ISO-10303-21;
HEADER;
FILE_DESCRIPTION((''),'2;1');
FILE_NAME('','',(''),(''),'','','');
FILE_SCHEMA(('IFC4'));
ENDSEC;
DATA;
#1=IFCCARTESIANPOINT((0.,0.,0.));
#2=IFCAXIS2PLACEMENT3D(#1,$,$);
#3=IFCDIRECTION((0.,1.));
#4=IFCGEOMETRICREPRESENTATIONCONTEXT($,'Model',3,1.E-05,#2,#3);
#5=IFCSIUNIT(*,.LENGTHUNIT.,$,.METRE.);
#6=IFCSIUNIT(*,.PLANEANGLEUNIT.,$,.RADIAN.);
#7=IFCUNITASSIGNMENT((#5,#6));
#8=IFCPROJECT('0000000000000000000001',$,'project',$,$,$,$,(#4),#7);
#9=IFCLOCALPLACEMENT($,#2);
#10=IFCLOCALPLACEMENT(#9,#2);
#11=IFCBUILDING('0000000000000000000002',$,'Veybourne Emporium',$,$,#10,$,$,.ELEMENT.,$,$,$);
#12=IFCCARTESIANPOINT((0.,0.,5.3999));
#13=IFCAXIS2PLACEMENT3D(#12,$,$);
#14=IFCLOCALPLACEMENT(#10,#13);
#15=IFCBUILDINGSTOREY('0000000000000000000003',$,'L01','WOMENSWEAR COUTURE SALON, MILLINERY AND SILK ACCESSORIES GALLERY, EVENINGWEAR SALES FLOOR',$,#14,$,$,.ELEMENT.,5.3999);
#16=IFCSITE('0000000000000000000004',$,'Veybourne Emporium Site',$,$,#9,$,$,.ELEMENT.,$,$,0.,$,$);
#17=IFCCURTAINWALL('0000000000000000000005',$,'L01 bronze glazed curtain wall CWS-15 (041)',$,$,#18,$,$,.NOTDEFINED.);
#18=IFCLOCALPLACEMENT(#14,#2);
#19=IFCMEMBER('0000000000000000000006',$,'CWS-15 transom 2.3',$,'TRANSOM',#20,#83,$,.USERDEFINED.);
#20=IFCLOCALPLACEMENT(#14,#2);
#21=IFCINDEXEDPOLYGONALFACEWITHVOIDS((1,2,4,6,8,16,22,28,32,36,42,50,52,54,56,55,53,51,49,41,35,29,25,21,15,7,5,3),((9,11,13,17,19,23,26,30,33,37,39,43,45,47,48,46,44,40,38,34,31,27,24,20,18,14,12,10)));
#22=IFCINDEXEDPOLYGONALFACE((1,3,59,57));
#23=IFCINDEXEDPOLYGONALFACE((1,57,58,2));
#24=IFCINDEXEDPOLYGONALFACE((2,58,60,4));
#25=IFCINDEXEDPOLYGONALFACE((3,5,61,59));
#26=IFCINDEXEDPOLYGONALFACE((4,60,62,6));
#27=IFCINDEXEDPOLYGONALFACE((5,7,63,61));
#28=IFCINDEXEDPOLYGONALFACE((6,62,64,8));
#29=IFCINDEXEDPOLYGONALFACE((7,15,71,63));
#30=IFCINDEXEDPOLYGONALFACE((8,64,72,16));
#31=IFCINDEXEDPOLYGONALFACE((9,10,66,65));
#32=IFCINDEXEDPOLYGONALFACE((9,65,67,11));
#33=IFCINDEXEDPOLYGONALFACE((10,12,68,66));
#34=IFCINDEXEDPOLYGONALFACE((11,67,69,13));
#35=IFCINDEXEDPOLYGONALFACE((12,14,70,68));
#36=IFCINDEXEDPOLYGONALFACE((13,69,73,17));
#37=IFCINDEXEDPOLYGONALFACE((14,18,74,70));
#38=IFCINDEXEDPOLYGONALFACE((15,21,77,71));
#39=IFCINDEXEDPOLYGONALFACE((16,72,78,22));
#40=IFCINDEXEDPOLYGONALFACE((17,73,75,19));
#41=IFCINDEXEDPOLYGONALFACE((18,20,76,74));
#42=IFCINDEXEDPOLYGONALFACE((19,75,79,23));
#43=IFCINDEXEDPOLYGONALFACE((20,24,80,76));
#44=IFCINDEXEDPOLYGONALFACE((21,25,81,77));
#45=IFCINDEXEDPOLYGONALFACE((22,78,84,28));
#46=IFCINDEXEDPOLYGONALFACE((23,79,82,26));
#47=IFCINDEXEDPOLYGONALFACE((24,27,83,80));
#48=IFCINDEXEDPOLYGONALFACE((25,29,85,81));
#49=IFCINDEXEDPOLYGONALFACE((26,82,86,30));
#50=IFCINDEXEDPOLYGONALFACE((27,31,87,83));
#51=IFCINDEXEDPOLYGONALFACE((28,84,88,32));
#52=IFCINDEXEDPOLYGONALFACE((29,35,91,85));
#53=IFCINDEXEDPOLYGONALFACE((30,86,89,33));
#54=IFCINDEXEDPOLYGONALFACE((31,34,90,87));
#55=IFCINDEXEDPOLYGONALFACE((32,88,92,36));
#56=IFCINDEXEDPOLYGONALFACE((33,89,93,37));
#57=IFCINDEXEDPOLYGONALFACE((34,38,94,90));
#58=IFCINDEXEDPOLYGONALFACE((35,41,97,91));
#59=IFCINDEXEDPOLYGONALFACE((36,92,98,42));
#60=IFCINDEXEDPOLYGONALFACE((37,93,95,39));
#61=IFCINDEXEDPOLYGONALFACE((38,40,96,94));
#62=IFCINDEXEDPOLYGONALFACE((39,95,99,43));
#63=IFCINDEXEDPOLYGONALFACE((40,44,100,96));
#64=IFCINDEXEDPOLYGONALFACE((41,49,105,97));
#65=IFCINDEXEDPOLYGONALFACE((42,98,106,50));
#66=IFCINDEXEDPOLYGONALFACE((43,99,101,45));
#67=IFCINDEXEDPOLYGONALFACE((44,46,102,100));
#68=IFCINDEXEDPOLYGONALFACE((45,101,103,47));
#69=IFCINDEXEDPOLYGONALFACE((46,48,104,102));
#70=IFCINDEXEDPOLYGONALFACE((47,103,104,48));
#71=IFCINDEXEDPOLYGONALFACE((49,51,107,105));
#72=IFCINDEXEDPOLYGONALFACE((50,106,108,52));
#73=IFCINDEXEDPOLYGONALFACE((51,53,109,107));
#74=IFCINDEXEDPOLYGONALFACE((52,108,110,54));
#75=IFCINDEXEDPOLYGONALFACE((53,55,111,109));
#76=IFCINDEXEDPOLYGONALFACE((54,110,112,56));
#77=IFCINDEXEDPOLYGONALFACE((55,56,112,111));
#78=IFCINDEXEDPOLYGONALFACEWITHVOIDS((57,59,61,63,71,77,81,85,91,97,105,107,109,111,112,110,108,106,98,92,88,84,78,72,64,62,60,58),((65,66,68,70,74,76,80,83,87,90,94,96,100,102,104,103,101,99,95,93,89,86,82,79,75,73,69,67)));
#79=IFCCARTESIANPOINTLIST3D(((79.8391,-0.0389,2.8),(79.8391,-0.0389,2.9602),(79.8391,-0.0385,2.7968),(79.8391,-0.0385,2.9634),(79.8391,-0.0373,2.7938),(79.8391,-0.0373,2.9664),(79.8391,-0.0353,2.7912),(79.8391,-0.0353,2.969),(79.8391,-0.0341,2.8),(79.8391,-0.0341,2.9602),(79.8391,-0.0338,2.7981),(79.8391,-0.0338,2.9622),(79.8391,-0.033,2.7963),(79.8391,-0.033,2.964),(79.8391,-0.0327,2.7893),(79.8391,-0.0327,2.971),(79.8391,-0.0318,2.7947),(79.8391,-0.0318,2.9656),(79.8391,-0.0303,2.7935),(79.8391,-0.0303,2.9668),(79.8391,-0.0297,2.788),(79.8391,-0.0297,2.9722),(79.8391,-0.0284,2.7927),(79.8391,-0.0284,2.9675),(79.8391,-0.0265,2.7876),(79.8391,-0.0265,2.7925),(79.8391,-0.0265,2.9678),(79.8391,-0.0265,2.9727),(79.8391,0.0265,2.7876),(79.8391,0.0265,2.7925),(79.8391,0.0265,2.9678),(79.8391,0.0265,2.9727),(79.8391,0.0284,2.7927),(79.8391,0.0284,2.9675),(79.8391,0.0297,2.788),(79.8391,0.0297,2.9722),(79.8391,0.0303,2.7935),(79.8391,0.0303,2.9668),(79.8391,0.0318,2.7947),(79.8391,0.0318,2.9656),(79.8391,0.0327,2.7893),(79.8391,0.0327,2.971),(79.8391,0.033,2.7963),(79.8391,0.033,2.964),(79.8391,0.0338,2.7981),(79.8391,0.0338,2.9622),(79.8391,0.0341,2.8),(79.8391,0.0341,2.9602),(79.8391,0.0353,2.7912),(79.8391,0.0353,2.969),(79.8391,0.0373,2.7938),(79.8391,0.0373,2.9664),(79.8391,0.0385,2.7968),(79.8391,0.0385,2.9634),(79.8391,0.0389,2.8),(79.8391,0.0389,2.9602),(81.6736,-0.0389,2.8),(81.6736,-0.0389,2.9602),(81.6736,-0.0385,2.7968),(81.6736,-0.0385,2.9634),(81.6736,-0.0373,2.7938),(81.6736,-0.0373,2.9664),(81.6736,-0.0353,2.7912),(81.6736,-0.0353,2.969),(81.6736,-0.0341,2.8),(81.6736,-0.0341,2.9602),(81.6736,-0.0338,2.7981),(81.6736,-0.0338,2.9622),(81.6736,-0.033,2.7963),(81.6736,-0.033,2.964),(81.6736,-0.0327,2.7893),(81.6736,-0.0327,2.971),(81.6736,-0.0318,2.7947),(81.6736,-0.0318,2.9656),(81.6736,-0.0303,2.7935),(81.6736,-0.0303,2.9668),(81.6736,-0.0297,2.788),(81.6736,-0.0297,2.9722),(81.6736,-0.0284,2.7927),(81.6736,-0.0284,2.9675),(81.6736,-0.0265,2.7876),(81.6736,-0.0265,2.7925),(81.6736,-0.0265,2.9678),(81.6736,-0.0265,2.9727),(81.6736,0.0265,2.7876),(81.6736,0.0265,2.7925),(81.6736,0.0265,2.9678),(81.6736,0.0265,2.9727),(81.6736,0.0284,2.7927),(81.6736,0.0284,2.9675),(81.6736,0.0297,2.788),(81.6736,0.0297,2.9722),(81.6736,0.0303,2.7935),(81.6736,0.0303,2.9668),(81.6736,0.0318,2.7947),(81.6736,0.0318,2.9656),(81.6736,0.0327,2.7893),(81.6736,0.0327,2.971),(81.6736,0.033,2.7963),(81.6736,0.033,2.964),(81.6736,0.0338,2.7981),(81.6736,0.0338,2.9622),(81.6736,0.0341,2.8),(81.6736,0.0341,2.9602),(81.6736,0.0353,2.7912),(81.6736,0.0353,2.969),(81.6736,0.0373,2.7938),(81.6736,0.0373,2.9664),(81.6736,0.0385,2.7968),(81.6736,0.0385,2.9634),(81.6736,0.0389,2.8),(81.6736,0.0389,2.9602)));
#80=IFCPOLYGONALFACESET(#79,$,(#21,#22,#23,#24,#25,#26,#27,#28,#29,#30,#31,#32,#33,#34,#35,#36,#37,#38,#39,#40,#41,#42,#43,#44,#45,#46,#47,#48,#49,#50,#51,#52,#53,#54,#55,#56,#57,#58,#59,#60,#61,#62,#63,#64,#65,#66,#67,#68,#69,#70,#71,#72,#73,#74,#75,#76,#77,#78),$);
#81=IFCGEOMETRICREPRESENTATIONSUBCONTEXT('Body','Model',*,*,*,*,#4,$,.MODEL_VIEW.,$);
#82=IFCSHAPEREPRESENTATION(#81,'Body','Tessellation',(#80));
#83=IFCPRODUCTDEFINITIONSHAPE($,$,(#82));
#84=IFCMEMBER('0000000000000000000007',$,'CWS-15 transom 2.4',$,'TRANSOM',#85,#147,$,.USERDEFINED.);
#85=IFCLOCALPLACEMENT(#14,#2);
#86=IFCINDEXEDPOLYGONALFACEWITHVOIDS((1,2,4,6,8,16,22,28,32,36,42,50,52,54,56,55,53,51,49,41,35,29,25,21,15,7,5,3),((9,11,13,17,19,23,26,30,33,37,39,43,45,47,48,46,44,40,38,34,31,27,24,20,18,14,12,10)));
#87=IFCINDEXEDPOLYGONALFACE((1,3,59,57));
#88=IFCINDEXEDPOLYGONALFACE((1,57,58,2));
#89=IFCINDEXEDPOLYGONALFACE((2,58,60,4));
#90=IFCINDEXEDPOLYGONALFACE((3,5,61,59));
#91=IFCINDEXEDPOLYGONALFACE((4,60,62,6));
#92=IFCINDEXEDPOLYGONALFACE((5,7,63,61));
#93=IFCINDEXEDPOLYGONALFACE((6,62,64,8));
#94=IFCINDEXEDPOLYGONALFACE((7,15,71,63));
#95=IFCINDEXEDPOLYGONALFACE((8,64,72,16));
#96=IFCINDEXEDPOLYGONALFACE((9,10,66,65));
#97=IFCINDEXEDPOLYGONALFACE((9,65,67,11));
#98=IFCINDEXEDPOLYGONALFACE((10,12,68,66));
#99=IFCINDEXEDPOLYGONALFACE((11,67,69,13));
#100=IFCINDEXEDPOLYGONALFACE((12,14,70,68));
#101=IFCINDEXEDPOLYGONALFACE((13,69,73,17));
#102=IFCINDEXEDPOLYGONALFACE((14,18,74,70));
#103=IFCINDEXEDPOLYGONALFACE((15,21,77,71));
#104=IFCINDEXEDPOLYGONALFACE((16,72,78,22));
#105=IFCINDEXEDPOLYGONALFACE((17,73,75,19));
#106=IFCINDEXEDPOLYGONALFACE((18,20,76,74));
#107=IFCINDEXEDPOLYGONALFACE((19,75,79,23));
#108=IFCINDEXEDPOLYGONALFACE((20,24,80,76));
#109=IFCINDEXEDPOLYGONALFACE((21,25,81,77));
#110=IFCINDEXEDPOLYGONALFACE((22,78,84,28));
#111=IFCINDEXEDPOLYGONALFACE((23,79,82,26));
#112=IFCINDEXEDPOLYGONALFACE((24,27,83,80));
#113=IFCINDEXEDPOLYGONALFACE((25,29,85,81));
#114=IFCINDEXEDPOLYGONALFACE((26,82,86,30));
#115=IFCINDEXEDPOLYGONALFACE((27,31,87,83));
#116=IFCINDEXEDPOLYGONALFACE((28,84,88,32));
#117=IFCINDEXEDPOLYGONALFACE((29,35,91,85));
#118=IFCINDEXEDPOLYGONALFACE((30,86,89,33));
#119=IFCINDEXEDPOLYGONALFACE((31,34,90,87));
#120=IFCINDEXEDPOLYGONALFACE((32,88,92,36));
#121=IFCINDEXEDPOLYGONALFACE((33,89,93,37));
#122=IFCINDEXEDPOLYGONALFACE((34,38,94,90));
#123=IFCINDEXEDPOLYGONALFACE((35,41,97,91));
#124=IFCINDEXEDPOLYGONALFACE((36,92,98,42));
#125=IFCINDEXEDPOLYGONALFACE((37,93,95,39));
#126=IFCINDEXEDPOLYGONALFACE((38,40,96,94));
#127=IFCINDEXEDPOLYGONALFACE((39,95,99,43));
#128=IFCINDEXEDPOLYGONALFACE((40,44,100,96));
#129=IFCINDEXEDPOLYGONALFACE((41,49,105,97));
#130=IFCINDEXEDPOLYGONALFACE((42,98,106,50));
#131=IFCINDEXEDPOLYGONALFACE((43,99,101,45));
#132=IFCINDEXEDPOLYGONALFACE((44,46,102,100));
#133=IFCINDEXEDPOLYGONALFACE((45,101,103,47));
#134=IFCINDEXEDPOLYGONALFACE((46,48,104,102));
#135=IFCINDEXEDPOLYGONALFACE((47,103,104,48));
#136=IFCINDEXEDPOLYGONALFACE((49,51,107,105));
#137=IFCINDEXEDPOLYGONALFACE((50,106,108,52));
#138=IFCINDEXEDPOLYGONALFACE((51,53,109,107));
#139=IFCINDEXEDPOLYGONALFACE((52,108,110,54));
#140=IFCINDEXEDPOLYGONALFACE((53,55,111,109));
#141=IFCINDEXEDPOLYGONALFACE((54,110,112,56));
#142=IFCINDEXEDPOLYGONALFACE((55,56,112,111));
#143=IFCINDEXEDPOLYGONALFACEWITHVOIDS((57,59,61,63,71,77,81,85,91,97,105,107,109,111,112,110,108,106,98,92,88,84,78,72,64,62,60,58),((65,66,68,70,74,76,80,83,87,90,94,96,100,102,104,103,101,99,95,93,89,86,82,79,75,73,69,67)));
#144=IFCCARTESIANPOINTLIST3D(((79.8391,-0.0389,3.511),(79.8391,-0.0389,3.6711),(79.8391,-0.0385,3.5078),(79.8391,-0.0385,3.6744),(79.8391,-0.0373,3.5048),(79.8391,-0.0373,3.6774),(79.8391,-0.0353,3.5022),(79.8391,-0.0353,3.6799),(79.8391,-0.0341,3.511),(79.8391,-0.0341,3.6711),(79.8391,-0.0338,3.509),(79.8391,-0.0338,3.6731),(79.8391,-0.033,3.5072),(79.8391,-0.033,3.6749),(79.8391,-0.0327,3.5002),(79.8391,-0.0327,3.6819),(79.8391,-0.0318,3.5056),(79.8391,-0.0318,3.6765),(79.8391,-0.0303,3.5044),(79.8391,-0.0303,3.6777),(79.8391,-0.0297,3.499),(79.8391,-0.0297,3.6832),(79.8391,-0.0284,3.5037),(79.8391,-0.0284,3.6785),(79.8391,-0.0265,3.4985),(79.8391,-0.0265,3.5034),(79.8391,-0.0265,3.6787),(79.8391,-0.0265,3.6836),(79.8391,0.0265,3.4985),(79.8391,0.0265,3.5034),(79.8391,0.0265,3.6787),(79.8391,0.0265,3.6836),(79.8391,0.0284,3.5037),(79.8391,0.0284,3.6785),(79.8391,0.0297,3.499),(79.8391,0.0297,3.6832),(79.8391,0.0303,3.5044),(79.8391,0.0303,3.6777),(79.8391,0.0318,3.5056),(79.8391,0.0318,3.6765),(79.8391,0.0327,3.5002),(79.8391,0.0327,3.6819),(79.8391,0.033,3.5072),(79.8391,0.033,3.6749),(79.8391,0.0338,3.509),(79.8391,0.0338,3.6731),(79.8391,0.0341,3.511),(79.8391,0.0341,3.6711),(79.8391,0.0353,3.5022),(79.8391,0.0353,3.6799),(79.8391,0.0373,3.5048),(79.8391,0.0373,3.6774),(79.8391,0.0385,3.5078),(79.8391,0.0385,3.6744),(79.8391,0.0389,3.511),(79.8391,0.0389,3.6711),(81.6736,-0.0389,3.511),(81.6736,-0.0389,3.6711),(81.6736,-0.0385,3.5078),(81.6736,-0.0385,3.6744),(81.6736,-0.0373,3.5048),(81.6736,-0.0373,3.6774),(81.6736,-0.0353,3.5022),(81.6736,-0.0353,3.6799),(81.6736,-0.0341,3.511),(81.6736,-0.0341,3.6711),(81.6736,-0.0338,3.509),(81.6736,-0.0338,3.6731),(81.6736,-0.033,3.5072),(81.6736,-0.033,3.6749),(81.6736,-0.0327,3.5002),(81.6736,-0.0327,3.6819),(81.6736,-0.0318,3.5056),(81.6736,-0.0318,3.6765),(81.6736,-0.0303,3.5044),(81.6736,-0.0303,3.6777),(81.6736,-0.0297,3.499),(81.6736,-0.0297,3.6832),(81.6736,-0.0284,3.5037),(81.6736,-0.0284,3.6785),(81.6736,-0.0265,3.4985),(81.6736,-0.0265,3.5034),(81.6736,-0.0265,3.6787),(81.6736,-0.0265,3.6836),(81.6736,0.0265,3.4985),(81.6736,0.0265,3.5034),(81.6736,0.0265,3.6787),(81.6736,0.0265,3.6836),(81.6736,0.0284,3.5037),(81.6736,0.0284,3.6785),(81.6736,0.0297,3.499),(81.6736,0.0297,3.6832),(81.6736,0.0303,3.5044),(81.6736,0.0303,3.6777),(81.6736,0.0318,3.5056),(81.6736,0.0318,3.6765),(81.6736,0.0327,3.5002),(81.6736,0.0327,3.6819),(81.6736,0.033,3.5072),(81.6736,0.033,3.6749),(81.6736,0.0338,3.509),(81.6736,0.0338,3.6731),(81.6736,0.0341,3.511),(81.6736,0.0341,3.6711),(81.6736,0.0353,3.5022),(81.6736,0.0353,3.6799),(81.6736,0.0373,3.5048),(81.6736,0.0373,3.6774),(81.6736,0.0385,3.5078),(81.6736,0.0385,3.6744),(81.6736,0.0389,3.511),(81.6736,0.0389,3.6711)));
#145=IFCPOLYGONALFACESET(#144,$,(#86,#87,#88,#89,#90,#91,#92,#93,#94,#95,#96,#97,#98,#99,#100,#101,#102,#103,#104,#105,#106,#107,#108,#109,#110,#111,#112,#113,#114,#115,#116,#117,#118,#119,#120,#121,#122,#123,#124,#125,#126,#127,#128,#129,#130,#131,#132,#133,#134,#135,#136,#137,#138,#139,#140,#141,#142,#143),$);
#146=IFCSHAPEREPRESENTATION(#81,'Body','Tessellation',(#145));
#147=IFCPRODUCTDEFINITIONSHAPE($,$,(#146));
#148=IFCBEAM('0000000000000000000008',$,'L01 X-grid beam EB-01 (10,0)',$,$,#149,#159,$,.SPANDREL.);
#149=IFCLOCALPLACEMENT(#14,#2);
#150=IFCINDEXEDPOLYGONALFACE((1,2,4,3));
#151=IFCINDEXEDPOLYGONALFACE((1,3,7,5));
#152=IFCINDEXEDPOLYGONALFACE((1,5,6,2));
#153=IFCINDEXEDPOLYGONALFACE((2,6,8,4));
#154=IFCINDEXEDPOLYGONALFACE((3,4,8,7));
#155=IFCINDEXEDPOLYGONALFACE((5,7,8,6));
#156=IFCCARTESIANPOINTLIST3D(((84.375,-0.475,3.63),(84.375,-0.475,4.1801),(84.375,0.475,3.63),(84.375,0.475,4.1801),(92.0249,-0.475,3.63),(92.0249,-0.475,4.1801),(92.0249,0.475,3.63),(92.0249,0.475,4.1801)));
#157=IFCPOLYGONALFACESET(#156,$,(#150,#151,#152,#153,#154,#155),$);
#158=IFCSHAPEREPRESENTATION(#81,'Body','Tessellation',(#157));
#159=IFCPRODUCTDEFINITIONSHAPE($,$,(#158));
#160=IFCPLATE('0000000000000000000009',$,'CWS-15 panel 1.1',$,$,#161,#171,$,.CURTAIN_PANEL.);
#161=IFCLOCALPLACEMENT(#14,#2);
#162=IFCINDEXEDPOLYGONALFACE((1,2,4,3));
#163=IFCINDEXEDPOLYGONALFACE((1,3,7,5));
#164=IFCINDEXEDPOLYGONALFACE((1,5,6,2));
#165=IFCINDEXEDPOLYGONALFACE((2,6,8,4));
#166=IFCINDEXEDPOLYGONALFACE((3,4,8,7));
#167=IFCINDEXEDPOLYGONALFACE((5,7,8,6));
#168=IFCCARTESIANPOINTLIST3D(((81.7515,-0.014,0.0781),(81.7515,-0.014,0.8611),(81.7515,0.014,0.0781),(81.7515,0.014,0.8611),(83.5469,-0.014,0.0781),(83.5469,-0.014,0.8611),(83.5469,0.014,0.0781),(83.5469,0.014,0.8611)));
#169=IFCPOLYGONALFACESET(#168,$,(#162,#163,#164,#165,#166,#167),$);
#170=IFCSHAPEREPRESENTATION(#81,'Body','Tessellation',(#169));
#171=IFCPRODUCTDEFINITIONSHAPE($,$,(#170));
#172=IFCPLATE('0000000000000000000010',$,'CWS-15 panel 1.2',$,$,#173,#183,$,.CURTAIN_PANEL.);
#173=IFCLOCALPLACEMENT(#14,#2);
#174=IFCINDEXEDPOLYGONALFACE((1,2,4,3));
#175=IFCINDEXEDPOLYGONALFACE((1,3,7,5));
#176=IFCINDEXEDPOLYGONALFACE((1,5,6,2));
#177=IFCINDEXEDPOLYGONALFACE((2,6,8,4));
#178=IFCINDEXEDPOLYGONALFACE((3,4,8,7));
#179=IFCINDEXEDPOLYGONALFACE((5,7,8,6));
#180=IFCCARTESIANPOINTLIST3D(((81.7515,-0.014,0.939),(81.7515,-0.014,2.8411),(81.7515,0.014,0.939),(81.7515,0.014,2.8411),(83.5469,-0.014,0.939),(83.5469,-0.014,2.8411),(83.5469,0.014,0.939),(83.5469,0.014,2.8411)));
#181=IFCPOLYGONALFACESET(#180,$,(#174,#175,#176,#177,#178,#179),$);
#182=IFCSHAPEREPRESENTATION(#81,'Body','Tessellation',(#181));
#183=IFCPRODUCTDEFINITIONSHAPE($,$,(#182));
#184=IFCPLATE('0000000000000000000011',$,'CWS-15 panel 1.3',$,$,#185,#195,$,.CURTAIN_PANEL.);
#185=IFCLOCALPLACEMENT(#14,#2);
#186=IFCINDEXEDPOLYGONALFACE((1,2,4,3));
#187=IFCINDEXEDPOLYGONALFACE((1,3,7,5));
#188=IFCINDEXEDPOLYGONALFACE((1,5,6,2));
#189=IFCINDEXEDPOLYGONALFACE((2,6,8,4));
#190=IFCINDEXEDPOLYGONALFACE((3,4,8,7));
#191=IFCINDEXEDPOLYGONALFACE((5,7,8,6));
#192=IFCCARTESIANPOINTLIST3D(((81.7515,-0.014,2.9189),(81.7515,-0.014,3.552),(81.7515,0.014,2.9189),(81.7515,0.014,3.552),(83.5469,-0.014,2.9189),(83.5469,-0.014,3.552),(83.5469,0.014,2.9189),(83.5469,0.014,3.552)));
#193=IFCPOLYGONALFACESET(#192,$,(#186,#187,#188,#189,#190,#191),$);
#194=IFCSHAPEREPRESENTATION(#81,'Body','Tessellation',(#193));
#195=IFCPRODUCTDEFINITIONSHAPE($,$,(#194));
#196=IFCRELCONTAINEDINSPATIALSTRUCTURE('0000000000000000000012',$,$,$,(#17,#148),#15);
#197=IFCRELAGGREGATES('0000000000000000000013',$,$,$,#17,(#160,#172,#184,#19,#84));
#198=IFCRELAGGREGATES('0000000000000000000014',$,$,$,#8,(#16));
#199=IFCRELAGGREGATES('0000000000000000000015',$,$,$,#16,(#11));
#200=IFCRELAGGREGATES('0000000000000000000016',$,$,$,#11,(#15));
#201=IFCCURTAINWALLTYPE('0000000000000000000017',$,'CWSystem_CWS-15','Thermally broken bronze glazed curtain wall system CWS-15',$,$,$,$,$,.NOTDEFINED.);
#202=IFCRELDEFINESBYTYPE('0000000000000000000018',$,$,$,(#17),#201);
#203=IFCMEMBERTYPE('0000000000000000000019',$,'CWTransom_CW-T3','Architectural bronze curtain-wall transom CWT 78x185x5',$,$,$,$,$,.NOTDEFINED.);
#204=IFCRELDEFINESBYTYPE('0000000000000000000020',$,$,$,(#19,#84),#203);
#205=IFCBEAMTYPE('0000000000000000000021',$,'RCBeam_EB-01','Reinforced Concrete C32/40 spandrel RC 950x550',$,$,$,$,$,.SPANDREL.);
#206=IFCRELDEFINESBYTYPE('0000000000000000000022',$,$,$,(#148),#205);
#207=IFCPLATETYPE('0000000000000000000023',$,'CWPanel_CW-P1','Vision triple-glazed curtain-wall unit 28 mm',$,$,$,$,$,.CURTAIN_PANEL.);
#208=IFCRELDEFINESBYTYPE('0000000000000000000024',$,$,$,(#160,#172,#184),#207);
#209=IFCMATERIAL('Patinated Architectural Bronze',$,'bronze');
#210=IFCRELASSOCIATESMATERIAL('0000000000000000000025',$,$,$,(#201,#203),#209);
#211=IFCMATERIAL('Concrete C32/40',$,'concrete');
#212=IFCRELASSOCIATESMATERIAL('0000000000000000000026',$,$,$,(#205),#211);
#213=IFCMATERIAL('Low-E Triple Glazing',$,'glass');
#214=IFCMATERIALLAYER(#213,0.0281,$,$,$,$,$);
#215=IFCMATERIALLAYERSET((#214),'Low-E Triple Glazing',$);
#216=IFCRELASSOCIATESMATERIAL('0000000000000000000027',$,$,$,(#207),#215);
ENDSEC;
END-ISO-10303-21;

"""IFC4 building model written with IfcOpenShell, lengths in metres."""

from ifc_helpers import new_model, si_unit, direction, frame, origin, origin_2d, place, context, subcontext, project, spatial, rectangle, hollow_rectangle, extrude, material, layer, layer_set, material_profile, profile_set, type_object, element, aggregate, save


model = new_model("IFC4")

# Units and contexts
model_context = context("Model", 3, precision=1e-05, world=origin(), true_north=direction((0.0, 1.0)))
body_context = subcontext(model_context, "Body", "Model", "MODEL_VIEW")
ifc_project = project(units=[si_unit("LENGTHUNIT", "METRE"), si_unit("PLANEANGLEUNIT", "RADIAN")], contexts=[model_context])

# Site, building, storey
site_placement = place(None, origin())
site = spatial("IfcSite", under=ifc_project, at=site_placement, Name="Veybourne Emporium Site", CompositionType="ELEMENT", RefElevation=0.0)
building_placement = place(site_placement, origin())
building = spatial("IfcBuilding", under=site, at=building_placement, Name="Veybourne Emporium", CompositionType="ELEMENT")
storey_placement = place(building_placement, frame((0.0, 0.0, 5.3999)))
storey = spatial("IfcBuildingStorey", under=building, at=storey_placement, Name="L01", Description="WOMENSWEAR COUTURE SALON, MILLINERY AND SILK ACCESSORIES GALLERY, EVENINGWEAR SALES FLOOR", CompositionType="ELEMENT", Elevation=5.3999)

# Shared definitions
ifc_material_1 = material(Name="Patinated Architectural Bronze", Category="bronze")

# Curtain wall
curtain_wall_type_1 = type_object("IfcCurtainWallType", Name="CWSystem_CWS-15", Description="Thermally broken bronze glazed curtain wall system CWS-15", PredefinedType="NOTDEFINED", material=ifc_material_1)
curtain_wall_1_placement = place(storey_placement, origin())
curtain_wall_1 = element("IfcCurtainWall", 1, at=curtain_wall_1_placement, inside=storey, type_object=curtain_wall_type_1, Name="L01 bronze glazed curtain wall CWS-15 (041)", PredefinedType="NOTDEFINED")

# Members
ifc_material_profile_1 = material_profile(ifc_material_1, hollow_rectangle(XDim=0.0779, YDim=0.1851, WallThickness=0.0049, InnerFilletRadius=0.0076, OuterFilletRadius=0.0125, at=origin_2d()), Name="CWT 78x185x5")
ifc_profile_set_1 = profile_set([ifc_material_profile_1], Name="Patinated Architectural Bronze")
member_type_1 = type_object("IfcMemberType", Name="CWTransom_CW-T3", Description="Architectural bronze curtain-wall transom CWT 78x185x5", PredefinedType="NOTDEFINED", material=ifc_profile_set_1)
member_1_placement = place(storey_placement, frame((81.6736, 0.0, 2.8801), z_axis=(-1.0, 0.0, 0.0), x_axis=(0.0, -1.0, 0.0)))
member_1 = element("IfcMember", 2, at=member_1_placement, type_object=member_type_1, Name="CWS-15 transom 2.3", ObjectType="TRANSOM", PredefinedType="USERDEFINED", context=body_context, shape_type="SweptSolid", body=[
    extrude(hollow_rectangle(XDim=0.0779, YDim=0.1851, WallThickness=0.0049, InnerFilletRadius=0.0076, OuterFilletRadius=0.0125, at=origin_2d()), origin(), (0.0, 0.0, 1.0), 1.8345),
])
member_2_placement = place(storey_placement, frame((81.6736, 0.0, 3.5911), z_axis=(-1.0, 0.0, 0.0), x_axis=(0.0, -1.0, 0.0)))
member_2 = element("IfcMember", 3, at=member_2_placement, type_object=member_type_1, Name="CWS-15 transom 2.4", ObjectType="TRANSOM", PredefinedType="USERDEFINED", context=body_context, shape_type="SweptSolid", body=[
    extrude(hollow_rectangle(XDim=0.0779, YDim=0.1851, WallThickness=0.0049, InnerFilletRadius=0.0076, OuterFilletRadius=0.0125, at=origin_2d()), origin(), (0.0, 0.0, 1.0), 1.8345),
])

# Beam
ifc_material_2 = material(Name="Concrete C32/40", Category="concrete")
ifc_material_profile_2 = material_profile(ifc_material_2, rectangle(XDim=0.95, YDim=0.55, at=origin_2d()), Name="RC 950x550")
ifc_profile_set_2 = profile_set([ifc_material_profile_2], Name="Concrete C32/40")
beam_type = type_object("IfcBeamType", Name="RCBeam_EB-01", Description="Reinforced Concrete C32/40 spandrel RC 950x550", PredefinedType="SPANDREL", material=ifc_profile_set_2)
beam_placement = place(storey_placement, frame((84.375, 0.0, 3.905), z_axis=(1.0, 0.0, 0.0), x_axis=(0.0, 1.0, 0.0)))
element("IfcBeam", 4, at=beam_placement, inside=storey, type_object=beam_type, Name="L01 X-grid beam EB-01 (10,0)", PredefinedType="SPANDREL", context=body_context, shape_type="SweptSolid", body=[
    extrude(rectangle(XDim=0.95, YDim=0.55, at=origin_2d()), origin(), (0.0, 0.0, 1.0), 7.6499),
])

# Plates
ifc_material_3 = material(Name="Low-E Triple Glazing", Category="glass")
ifc_layer = layer(ifc_material_3, 0.0281)
ifc_layer_set = layer_set([ifc_layer], Name="Low-E Triple Glazing")
plate_type = type_object("IfcPlateType", Name="CWPanel_CW-P1", Description="Vision triple-glazed curtain-wall unit 28 mm", PredefinedType="CURTAIN_PANEL", material=ifc_layer_set)
plate_1_placement = place(storey_placement, frame((82.6492, 0.0, 0.0781), z_axis=(0.0, 0.0, 1.0), x_axis=(-1.0, 0.0, 0.0)))
plate_1 = element("IfcPlate", 5, at=plate_1_placement, type_object=plate_type, Name="CWS-15 panel 1.1", PredefinedType="CURTAIN_PANEL", context=body_context, shape_type="SweptSolid", body=[
    extrude(rectangle(XDim=1.7954, YDim=0.0281, at=origin_2d()), origin(), (0.0, 0.0, 1.0), 0.783),
])
plate_2_placement = place(storey_placement, frame((82.6492, 0.0, 0.939), z_axis=(0.0, 0.0, 1.0), x_axis=(-1.0, 0.0, 0.0)))
plate_2 = element("IfcPlate", 6, at=plate_2_placement, type_object=plate_type, Name="CWS-15 panel 1.2", PredefinedType="CURTAIN_PANEL", context=body_context, shape_type="SweptSolid", body=[
    extrude(rectangle(XDim=1.7954, YDim=0.0281, at=origin_2d()), origin(), (0.0, 0.0, 1.0), 1.9021),
])
plate_3_placement = place(storey_placement, frame((82.6492, 0.0, 2.9189), z_axis=(0.0, 0.0, 1.0), x_axis=(-1.0, 0.0, 0.0)))
plate_3 = element("IfcPlate", 7, at=plate_3_placement, type_object=plate_type, Name="CWS-15 panel 1.3", PredefinedType="CURTAIN_PANEL", context=body_context, shape_type="SweptSolid", body=[
    extrude(rectangle(XDim=1.7954, YDim=0.0281, at=origin_2d()), origin(), (0.0, 0.0, 1.0), 0.6331),
])
aggregate(curtain_wall_1, [plate_1, plate_2, plate_3, member_1, member_2])

save(model, "model.ifc")
